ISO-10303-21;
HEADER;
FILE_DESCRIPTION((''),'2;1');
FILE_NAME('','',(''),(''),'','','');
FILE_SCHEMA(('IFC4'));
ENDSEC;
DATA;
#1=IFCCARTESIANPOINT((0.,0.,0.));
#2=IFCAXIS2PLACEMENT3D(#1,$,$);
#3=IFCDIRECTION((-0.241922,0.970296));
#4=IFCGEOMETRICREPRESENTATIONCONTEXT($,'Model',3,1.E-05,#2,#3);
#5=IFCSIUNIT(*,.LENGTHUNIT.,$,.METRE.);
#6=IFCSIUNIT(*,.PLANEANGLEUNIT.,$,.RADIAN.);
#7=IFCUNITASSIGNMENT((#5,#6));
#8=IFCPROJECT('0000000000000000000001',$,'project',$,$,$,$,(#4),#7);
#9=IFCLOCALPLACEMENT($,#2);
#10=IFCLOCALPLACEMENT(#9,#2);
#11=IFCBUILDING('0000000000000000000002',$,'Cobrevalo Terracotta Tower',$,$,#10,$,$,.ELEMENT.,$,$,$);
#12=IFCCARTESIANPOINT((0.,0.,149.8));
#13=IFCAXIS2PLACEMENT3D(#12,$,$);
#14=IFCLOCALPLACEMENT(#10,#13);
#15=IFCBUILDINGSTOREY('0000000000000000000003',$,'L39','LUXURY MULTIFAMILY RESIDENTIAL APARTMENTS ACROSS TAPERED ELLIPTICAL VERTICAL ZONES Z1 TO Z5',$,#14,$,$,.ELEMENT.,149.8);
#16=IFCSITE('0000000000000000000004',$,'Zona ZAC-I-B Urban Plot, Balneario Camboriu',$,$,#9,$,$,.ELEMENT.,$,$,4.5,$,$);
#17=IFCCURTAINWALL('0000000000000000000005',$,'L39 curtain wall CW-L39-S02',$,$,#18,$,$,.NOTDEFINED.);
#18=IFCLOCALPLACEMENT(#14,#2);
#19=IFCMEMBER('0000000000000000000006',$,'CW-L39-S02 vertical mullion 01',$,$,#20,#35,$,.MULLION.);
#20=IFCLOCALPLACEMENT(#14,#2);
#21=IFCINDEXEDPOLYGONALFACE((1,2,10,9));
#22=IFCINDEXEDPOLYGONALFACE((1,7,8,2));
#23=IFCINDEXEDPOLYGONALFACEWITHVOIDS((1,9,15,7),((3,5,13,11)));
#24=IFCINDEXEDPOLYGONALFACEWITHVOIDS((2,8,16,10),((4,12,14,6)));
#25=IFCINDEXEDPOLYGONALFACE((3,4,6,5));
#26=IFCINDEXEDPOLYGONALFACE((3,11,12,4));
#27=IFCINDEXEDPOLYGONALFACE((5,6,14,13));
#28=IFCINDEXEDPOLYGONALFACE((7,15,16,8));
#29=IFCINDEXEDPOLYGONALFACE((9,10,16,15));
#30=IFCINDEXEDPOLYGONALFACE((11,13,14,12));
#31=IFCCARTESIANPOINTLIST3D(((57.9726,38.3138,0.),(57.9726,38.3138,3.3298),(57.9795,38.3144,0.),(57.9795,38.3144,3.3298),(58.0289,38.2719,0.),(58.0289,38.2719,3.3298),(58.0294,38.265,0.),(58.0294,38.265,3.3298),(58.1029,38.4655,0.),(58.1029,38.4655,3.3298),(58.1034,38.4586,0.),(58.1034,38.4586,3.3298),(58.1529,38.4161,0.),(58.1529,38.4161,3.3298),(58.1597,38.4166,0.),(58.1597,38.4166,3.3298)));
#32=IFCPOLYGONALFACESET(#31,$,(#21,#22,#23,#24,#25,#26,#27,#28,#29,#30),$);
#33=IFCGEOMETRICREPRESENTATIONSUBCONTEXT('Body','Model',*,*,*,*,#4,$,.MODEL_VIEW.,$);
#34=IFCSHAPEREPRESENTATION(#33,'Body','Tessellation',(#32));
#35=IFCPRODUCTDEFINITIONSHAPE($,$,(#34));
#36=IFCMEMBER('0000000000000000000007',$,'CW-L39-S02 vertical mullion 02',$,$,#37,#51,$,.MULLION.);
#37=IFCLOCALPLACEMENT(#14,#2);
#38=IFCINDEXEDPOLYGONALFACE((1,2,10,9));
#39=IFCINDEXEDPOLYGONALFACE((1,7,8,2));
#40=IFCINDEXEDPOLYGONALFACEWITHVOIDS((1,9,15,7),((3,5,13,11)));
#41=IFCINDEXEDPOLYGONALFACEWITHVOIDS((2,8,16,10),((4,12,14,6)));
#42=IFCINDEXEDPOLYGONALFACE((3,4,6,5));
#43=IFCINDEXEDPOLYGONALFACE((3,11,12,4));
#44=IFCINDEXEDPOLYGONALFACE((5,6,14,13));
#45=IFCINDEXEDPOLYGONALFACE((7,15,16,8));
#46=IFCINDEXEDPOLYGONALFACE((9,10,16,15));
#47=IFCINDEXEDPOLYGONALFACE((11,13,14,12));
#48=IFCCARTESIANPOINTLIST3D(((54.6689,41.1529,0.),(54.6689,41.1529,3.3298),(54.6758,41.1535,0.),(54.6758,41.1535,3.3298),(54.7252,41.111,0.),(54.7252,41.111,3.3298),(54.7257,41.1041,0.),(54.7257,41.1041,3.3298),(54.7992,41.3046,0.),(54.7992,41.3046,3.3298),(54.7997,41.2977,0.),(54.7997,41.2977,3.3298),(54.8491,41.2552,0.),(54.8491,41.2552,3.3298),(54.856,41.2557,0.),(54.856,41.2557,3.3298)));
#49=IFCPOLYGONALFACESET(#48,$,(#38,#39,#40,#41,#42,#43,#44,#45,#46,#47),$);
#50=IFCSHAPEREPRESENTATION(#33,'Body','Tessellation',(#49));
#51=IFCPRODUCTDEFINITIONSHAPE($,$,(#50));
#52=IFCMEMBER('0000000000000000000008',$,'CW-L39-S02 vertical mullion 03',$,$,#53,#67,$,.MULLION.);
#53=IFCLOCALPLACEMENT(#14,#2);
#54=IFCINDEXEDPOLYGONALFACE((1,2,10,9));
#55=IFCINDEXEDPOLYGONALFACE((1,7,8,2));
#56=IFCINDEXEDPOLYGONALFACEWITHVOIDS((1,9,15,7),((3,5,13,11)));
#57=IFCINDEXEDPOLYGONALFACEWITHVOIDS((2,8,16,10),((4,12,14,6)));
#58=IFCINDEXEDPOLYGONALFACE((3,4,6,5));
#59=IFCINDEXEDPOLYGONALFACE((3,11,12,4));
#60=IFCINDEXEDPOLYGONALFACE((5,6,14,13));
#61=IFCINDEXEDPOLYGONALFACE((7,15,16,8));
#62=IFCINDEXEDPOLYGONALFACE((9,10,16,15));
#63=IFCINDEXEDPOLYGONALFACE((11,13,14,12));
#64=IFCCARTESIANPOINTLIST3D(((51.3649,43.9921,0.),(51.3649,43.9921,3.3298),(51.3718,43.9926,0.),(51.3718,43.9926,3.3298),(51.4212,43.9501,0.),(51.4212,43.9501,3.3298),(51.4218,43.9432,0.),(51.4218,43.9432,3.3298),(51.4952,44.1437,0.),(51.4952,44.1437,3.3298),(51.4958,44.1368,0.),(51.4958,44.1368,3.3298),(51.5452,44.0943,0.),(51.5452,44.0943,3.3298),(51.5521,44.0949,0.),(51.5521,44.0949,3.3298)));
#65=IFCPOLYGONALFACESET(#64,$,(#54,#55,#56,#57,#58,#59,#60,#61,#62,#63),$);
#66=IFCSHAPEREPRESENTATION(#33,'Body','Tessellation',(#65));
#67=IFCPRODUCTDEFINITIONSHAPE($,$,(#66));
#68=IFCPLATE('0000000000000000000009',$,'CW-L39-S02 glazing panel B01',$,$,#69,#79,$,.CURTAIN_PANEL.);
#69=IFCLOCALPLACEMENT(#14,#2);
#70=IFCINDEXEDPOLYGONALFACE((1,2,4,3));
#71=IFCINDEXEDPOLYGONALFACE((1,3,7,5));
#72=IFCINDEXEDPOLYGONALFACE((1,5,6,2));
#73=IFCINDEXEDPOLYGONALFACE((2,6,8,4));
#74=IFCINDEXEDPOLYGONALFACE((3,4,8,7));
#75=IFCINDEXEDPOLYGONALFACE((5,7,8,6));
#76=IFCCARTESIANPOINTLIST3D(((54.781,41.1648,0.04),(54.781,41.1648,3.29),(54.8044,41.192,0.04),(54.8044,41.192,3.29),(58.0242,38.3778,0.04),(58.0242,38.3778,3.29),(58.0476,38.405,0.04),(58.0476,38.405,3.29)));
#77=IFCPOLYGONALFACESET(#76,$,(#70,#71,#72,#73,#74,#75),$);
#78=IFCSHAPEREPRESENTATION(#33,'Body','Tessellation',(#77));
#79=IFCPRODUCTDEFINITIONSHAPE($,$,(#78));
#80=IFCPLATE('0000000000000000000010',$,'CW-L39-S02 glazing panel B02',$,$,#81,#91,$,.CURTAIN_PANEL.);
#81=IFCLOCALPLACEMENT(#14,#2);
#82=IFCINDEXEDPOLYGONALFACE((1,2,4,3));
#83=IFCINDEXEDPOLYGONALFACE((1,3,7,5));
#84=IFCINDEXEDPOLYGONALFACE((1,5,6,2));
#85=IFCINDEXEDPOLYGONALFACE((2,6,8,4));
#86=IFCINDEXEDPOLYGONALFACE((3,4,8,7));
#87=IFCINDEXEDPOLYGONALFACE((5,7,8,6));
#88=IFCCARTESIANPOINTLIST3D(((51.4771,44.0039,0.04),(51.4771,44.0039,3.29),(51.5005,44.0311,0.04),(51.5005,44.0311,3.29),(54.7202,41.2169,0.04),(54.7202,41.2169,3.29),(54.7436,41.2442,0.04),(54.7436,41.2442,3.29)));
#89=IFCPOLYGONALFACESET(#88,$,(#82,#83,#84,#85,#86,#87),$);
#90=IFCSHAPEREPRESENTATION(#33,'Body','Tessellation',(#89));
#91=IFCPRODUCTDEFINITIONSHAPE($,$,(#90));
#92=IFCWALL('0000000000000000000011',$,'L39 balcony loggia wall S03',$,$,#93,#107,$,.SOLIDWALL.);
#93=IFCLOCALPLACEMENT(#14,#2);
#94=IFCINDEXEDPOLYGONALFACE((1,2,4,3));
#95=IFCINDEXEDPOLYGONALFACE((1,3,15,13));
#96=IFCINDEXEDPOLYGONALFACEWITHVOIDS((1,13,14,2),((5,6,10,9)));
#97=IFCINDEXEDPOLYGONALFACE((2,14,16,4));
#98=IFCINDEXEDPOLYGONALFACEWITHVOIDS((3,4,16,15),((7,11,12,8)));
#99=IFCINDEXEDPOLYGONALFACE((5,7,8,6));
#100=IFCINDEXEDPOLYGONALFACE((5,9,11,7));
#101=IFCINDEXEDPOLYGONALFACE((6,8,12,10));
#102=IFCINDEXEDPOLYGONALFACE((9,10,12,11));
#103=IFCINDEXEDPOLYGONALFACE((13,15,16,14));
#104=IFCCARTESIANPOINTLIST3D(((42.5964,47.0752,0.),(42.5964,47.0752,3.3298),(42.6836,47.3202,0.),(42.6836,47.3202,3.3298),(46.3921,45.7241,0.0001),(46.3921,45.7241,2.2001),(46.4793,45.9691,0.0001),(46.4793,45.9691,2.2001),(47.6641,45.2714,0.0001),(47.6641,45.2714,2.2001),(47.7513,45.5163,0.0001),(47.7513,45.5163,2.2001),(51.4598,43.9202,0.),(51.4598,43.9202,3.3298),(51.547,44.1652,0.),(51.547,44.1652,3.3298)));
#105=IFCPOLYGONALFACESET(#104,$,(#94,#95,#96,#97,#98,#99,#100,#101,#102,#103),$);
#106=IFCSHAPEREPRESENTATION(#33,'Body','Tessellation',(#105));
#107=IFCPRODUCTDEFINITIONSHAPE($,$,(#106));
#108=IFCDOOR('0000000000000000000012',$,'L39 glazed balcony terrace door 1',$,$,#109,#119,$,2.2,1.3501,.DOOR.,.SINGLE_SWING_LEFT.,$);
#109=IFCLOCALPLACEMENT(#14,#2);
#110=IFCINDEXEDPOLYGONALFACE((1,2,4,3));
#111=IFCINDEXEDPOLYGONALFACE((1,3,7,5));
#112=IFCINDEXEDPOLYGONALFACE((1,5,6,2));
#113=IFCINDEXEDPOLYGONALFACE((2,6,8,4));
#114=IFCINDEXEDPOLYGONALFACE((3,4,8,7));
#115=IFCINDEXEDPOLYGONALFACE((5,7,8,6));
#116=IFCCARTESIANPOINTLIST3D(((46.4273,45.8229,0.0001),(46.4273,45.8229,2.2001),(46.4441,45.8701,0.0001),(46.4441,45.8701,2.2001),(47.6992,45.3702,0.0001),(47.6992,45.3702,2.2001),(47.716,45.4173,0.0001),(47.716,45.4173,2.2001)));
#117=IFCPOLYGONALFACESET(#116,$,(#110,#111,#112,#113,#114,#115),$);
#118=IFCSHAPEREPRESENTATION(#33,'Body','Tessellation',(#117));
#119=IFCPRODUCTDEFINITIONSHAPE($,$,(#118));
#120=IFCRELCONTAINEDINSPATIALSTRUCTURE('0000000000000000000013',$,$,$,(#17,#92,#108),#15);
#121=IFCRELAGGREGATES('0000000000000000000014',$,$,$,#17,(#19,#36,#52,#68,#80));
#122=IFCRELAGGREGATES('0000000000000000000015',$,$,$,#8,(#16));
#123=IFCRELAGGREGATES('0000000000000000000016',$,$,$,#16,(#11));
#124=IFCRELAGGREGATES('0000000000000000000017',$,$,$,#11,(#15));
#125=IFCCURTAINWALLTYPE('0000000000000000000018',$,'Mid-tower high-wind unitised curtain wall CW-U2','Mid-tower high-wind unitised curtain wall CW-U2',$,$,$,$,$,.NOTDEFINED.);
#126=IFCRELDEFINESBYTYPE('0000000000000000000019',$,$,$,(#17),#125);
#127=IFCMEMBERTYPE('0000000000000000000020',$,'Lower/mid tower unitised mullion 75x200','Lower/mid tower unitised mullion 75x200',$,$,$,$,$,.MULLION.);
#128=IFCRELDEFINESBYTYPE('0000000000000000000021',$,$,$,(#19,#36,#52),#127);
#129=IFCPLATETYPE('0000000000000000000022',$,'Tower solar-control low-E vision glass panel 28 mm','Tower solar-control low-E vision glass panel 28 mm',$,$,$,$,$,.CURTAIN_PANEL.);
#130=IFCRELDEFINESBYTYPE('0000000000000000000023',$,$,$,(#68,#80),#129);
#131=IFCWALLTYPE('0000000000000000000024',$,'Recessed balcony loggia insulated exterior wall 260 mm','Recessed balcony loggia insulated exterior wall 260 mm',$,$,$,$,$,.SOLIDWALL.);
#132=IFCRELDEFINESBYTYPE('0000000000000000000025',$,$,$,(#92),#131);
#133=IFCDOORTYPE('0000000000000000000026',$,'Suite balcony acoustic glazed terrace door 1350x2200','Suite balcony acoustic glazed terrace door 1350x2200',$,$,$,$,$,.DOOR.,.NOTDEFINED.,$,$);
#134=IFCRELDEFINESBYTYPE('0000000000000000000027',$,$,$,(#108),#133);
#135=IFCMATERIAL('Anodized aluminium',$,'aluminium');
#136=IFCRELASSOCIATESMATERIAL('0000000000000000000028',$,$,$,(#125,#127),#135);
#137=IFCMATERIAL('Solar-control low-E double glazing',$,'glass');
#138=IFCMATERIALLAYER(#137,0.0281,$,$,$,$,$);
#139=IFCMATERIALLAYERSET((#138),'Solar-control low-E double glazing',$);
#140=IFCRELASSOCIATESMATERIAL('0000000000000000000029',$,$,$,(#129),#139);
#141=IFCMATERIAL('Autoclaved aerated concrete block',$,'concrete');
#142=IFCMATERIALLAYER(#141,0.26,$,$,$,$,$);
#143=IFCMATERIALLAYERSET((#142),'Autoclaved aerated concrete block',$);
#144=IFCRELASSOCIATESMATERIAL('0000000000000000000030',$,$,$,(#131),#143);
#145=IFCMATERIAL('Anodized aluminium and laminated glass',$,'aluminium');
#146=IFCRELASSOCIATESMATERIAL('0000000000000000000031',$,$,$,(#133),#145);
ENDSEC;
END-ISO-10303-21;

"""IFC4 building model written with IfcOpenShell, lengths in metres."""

from ifc_helpers import new_model, si_unit, direction, frame, frame_2d, origin, origin_2d, place, context, subcontext, project, spatial, rectangle, hollow_rectangle, extrude, source, transform, mapped, material, layer, layer_set, material_profile, profile_set, type_object, element, fill, aggregate, save


model = new_model("IFC4")

# Units and contexts
model_context = context("Model", 3, precision=1e-05, world=origin(), true_north=direction((-0.241922, 0.970296)))
body_context = subcontext(model_context, "Body", "Model", "MODEL_VIEW")
ifc_project = project(units=[si_unit("LENGTHUNIT", "METRE"), si_unit("PLANEANGLEUNIT", "RADIAN")], contexts=[model_context])

# Site, building, storey
site_placement = place(None, origin())
site = spatial("IfcSite", under=ifc_project, at=site_placement, Name="Zona ZAC-I-B Urban Plot, Balneario Camboriu", CompositionType="ELEMENT", RefElevation=4.5)
building_placement = place(site_placement, origin())
building = spatial("IfcBuilding", under=site, at=building_placement, Name="Cobrevalo Terracotta Tower", CompositionType="ELEMENT")
storey_placement = place(building_placement, frame((0.0, 0.0, 149.8)))
storey = spatial("IfcBuildingStorey", under=building, at=storey_placement, Name="L39", Description="LUXURY MULTIFAMILY RESIDENTIAL APARTMENTS ACROSS TAPERED ELLIPTICAL VERTICAL ZONES Z1 TO Z5", CompositionType="ELEMENT", Elevation=149.8)

# Curtain wall
ifc_material_1 = material(Name="Anodized aluminium", Category="aluminium")
curtain_wall_type = type_object("IfcCurtainWallType", Name="Mid-tower high-wind unitised curtain wall CW-U2", Description="Mid-tower high-wind unitised curtain wall CW-U2", PredefinedType="NOTDEFINED", material=ifc_material_1)
curtain_wall_1_placement = place(storey_placement, origin())
curtain_wall_1 = element("IfcCurtainWall", 1, at=curtain_wall_1_placement, inside=storey, type_object=curtain_wall_type, Name="L39 curtain wall CW-L39-S02", PredefinedType="NOTDEFINED")

# Shared definitions
ifc_material_profile_1 = material_profile(ifc_material_1, hollow_rectangle(XDim=0.075, YDim=0.2, WallThickness=0.0049, at=origin_2d()), Name="CWM 75x200")
ifc_profile_set_1 = profile_set([ifc_material_profile_1], Name="Anodized aluminium")
member_type_1 = type_object("IfcMemberType", Name="Lower/mid tower unitised mullion 75x200", Description="Lower/mid tower unitised mullion 75x200", PredefinedType="MULLION", material=ifc_profile_set_1)
shared_shape_1 = source(origin(), body_context, "Body", "SweptSolid", [
    extrude(hollow_rectangle(XDim=0.075, YDim=0.2, WallThickness=0.0049, at=origin_2d()), origin(), (0.0, 0.0, 1.0), 3.3298),
])

# Members
member_1_placement = place(storey_placement, frame((58.0662, 38.3652, 0.0), z_axis=(0.0, 0.0, 1.0), x_axis=(-0.758442, 0.651741, 0.0)))
member_1 = element("IfcMember", 2, at=member_1_placement, type_object=member_type_1, Name="CW-L39-S02 vertical mullion 01", PredefinedType="MULLION", context=body_context, shape_type="MappedRepresentation", body=[
    mapped(shared_shape_1, transform((0.0, 0.0, 0.0), scale=1.0)),
])
member_2_placement = place(storey_placement, frame((54.7625, 41.2043, 0.0), z_axis=(0.0, 0.0, 1.0), x_axis=(-0.758442, 0.651741, 0.0)))
member_2 = element("IfcMember", 3, at=member_2_placement, type_object=member_type_1, Name="CW-L39-S02 vertical mullion 02", PredefinedType="MULLION", context=body_context, shape_type="MappedRepresentation", body=[
    mapped(shared_shape_1, transform((0.0, 0.0, 0.0), scale=1.0)),
])
member_3_placement = place(storey_placement, frame((51.4585, 44.0435, 0.0), z_axis=(0.0, 0.0, 1.0), x_axis=(-0.758442, 0.651741, 0.0)))
member_3 = element("IfcMember", 4, at=member_3_placement, type_object=member_type_1, Name="CW-L39-S02 vertical mullion 03", PredefinedType="MULLION", context=body_context, shape_type="MappedRepresentation", body=[
    mapped(shared_shape_1, transform((0.0, 0.0, 0.0), scale=1.0)),
])

# Plates
ifc_material_2 = material(Name="Solar-control low-E double glazing", Category="glass")
ifc_layer_1 = layer(ifc_material_2, 0.0281)
ifc_layer_set_1 = layer_set([ifc_layer_1], Name="Solar-control low-E double glazing")
plate_type = type_object("IfcPlateType", Name="Tower solar-control low-E vision glass panel 28 mm", Description="Tower solar-control low-E vision glass panel 28 mm", PredefinedType="CURTAIN_PANEL", material=ifc_layer_set_1)
shared_shape_2 = source(origin(), body_context, "Body", "SweptSolid", [
    extrude(rectangle(XDim=4.2761, YDim=0.0359, at=origin_2d()), origin(), (0.0, 0.0, 1.0), 3.25),
])
plate_1_placement = place(storey_placement, frame((56.4143, 39.7849, 0.04), z_axis=(0.0, 0.0, 1.0), x_axis=(-0.758437, 0.651746, 0.0)))
plate_1 = element("IfcPlate", 5, at=plate_1_placement, type_object=plate_type, Name="CW-L39-S02 glazing panel B01", PredefinedType="CURTAIN_PANEL", context=body_context, shape_type="MappedRepresentation", body=[
    mapped(shared_shape_2, transform((0.0, 0.0, 0.0), scale=1.0)),
])
plate_2_placement = place(storey_placement, frame((53.1104, 42.624, 0.04), z_axis=(0.0, 0.0, 1.0), x_axis=(-0.758437, 0.651746, 0.0)))
plate_2 = element("IfcPlate", 6, at=plate_2_placement, type_object=plate_type, Name="CW-L39-S02 glazing panel B02", PredefinedType="CURTAIN_PANEL", context=body_context, shape_type="MappedRepresentation", body=[
    mapped(shared_shape_2, transform((0.0, 0.0, 0.0), scale=1.0)),
])
aggregate(curtain_wall_1, [member_1, member_2, member_3, plate_1, plate_2])

# Wall, opening, door
ifc_material_3 = material(Name="Autoclaved aerated concrete block", Category="concrete")
ifc_layer_2 = layer(ifc_material_3, 0.26)
ifc_layer_set_2 = layer_set([ifc_layer_2], Name="Autoclaved aerated concrete block")
wall_type_1 = type_object("IfcWallType", Name="Recessed balcony loggia insulated exterior wall 260 mm", Description="Recessed balcony loggia insulated exterior wall 260 mm", PredefinedType="SOLIDWALL", material=ifc_layer_set_2)
wall_1_placement = place(storey_placement, frame((51.5034, 44.0427, 0.0), z_axis=(0.0, 0.0, 1.0), x_axis=(-0.942095, 0.335345, 0.0)))
wall_1 = element("IfcWall", 7, at=wall_1_placement, inside=storey, type_object=wall_type_1, Name="L39 balcony loggia wall S03", PredefinedType="SOLIDWALL", context=body_context, shape_type="SweptSolid", body=[
    extrude(rectangle(XDim=9.4082, YDim=0.26, at=frame_2d((4.7041, 0.0))), origin(), (0.0, 0.0, 1.0), 3.3298),
])
opening_1_placement = place(wall_1_placement, frame((4.0291, 0.0, 0.0)))
opening_1 = element("IfcOpeningElement", 8, at=opening_1_placement, cuts=wall_1, PredefinedType="OPENING", context=body_context, shape_type="SweptSolid", body=[
    extrude(rectangle(XDim=1.3501, YDim=2.2, at=frame_2d((0.675, 1.1001))), frame((0.0, 0.1401, 0.0), z_axis=(0.0, -1.0, 0.0), x_axis=(1.0, 0.0, 0.0)), (0.0, 0.0, 1.0), 0.28),
])
ifc_material_4 = material(Name="Anodized aluminium and laminated glass", Category="aluminium")
door_type_1 = type_object("IfcDoorType", Name="Suite balcony acoustic glazed terrace door 1350x2200", Description="Suite balcony acoustic glazed terrace door 1350x2200", OperationType="NOTDEFINED", PredefinedType="DOOR", material=ifc_material_4)
shared_shape_3 = source(origin(), body_context, "Body", "SweptSolid", [
    extrude(rectangle(XDim=1.3501, YDim=2.2, at=frame_2d((0.675, 1.1001))), frame((0.0, 0.0249, 0.0), z_axis=(0.0, -1.0, 0.0), x_axis=(1.0, 0.0, 0.0)), (0.0, 0.0, 1.0), 0.05),
])
door_1_placement = place(opening_1_placement, frame((1.3501, 0.0, 0.0), z_axis=(0.0, 0.0, 1.0), x_axis=(-1.0, 0.0, 0.0)))
door_1 = element("IfcDoor", 9, at=door_1_placement, inside=storey, type_object=door_type_1, Name="L39 glazed balcony terrace door 1", OperationType="SINGLE_SWING_LEFT", OverallHeight=2.2, OverallWidth=1.3501, PredefinedType="DOOR", context=body_context, shape_type="MappedRepresentation", body=[
    mapped(shared_shape_3, transform((0.0, 0.0, 0.0), scale=1.0)),
])
fill(opening_1, door_1)

save(model, "model.ifc")
